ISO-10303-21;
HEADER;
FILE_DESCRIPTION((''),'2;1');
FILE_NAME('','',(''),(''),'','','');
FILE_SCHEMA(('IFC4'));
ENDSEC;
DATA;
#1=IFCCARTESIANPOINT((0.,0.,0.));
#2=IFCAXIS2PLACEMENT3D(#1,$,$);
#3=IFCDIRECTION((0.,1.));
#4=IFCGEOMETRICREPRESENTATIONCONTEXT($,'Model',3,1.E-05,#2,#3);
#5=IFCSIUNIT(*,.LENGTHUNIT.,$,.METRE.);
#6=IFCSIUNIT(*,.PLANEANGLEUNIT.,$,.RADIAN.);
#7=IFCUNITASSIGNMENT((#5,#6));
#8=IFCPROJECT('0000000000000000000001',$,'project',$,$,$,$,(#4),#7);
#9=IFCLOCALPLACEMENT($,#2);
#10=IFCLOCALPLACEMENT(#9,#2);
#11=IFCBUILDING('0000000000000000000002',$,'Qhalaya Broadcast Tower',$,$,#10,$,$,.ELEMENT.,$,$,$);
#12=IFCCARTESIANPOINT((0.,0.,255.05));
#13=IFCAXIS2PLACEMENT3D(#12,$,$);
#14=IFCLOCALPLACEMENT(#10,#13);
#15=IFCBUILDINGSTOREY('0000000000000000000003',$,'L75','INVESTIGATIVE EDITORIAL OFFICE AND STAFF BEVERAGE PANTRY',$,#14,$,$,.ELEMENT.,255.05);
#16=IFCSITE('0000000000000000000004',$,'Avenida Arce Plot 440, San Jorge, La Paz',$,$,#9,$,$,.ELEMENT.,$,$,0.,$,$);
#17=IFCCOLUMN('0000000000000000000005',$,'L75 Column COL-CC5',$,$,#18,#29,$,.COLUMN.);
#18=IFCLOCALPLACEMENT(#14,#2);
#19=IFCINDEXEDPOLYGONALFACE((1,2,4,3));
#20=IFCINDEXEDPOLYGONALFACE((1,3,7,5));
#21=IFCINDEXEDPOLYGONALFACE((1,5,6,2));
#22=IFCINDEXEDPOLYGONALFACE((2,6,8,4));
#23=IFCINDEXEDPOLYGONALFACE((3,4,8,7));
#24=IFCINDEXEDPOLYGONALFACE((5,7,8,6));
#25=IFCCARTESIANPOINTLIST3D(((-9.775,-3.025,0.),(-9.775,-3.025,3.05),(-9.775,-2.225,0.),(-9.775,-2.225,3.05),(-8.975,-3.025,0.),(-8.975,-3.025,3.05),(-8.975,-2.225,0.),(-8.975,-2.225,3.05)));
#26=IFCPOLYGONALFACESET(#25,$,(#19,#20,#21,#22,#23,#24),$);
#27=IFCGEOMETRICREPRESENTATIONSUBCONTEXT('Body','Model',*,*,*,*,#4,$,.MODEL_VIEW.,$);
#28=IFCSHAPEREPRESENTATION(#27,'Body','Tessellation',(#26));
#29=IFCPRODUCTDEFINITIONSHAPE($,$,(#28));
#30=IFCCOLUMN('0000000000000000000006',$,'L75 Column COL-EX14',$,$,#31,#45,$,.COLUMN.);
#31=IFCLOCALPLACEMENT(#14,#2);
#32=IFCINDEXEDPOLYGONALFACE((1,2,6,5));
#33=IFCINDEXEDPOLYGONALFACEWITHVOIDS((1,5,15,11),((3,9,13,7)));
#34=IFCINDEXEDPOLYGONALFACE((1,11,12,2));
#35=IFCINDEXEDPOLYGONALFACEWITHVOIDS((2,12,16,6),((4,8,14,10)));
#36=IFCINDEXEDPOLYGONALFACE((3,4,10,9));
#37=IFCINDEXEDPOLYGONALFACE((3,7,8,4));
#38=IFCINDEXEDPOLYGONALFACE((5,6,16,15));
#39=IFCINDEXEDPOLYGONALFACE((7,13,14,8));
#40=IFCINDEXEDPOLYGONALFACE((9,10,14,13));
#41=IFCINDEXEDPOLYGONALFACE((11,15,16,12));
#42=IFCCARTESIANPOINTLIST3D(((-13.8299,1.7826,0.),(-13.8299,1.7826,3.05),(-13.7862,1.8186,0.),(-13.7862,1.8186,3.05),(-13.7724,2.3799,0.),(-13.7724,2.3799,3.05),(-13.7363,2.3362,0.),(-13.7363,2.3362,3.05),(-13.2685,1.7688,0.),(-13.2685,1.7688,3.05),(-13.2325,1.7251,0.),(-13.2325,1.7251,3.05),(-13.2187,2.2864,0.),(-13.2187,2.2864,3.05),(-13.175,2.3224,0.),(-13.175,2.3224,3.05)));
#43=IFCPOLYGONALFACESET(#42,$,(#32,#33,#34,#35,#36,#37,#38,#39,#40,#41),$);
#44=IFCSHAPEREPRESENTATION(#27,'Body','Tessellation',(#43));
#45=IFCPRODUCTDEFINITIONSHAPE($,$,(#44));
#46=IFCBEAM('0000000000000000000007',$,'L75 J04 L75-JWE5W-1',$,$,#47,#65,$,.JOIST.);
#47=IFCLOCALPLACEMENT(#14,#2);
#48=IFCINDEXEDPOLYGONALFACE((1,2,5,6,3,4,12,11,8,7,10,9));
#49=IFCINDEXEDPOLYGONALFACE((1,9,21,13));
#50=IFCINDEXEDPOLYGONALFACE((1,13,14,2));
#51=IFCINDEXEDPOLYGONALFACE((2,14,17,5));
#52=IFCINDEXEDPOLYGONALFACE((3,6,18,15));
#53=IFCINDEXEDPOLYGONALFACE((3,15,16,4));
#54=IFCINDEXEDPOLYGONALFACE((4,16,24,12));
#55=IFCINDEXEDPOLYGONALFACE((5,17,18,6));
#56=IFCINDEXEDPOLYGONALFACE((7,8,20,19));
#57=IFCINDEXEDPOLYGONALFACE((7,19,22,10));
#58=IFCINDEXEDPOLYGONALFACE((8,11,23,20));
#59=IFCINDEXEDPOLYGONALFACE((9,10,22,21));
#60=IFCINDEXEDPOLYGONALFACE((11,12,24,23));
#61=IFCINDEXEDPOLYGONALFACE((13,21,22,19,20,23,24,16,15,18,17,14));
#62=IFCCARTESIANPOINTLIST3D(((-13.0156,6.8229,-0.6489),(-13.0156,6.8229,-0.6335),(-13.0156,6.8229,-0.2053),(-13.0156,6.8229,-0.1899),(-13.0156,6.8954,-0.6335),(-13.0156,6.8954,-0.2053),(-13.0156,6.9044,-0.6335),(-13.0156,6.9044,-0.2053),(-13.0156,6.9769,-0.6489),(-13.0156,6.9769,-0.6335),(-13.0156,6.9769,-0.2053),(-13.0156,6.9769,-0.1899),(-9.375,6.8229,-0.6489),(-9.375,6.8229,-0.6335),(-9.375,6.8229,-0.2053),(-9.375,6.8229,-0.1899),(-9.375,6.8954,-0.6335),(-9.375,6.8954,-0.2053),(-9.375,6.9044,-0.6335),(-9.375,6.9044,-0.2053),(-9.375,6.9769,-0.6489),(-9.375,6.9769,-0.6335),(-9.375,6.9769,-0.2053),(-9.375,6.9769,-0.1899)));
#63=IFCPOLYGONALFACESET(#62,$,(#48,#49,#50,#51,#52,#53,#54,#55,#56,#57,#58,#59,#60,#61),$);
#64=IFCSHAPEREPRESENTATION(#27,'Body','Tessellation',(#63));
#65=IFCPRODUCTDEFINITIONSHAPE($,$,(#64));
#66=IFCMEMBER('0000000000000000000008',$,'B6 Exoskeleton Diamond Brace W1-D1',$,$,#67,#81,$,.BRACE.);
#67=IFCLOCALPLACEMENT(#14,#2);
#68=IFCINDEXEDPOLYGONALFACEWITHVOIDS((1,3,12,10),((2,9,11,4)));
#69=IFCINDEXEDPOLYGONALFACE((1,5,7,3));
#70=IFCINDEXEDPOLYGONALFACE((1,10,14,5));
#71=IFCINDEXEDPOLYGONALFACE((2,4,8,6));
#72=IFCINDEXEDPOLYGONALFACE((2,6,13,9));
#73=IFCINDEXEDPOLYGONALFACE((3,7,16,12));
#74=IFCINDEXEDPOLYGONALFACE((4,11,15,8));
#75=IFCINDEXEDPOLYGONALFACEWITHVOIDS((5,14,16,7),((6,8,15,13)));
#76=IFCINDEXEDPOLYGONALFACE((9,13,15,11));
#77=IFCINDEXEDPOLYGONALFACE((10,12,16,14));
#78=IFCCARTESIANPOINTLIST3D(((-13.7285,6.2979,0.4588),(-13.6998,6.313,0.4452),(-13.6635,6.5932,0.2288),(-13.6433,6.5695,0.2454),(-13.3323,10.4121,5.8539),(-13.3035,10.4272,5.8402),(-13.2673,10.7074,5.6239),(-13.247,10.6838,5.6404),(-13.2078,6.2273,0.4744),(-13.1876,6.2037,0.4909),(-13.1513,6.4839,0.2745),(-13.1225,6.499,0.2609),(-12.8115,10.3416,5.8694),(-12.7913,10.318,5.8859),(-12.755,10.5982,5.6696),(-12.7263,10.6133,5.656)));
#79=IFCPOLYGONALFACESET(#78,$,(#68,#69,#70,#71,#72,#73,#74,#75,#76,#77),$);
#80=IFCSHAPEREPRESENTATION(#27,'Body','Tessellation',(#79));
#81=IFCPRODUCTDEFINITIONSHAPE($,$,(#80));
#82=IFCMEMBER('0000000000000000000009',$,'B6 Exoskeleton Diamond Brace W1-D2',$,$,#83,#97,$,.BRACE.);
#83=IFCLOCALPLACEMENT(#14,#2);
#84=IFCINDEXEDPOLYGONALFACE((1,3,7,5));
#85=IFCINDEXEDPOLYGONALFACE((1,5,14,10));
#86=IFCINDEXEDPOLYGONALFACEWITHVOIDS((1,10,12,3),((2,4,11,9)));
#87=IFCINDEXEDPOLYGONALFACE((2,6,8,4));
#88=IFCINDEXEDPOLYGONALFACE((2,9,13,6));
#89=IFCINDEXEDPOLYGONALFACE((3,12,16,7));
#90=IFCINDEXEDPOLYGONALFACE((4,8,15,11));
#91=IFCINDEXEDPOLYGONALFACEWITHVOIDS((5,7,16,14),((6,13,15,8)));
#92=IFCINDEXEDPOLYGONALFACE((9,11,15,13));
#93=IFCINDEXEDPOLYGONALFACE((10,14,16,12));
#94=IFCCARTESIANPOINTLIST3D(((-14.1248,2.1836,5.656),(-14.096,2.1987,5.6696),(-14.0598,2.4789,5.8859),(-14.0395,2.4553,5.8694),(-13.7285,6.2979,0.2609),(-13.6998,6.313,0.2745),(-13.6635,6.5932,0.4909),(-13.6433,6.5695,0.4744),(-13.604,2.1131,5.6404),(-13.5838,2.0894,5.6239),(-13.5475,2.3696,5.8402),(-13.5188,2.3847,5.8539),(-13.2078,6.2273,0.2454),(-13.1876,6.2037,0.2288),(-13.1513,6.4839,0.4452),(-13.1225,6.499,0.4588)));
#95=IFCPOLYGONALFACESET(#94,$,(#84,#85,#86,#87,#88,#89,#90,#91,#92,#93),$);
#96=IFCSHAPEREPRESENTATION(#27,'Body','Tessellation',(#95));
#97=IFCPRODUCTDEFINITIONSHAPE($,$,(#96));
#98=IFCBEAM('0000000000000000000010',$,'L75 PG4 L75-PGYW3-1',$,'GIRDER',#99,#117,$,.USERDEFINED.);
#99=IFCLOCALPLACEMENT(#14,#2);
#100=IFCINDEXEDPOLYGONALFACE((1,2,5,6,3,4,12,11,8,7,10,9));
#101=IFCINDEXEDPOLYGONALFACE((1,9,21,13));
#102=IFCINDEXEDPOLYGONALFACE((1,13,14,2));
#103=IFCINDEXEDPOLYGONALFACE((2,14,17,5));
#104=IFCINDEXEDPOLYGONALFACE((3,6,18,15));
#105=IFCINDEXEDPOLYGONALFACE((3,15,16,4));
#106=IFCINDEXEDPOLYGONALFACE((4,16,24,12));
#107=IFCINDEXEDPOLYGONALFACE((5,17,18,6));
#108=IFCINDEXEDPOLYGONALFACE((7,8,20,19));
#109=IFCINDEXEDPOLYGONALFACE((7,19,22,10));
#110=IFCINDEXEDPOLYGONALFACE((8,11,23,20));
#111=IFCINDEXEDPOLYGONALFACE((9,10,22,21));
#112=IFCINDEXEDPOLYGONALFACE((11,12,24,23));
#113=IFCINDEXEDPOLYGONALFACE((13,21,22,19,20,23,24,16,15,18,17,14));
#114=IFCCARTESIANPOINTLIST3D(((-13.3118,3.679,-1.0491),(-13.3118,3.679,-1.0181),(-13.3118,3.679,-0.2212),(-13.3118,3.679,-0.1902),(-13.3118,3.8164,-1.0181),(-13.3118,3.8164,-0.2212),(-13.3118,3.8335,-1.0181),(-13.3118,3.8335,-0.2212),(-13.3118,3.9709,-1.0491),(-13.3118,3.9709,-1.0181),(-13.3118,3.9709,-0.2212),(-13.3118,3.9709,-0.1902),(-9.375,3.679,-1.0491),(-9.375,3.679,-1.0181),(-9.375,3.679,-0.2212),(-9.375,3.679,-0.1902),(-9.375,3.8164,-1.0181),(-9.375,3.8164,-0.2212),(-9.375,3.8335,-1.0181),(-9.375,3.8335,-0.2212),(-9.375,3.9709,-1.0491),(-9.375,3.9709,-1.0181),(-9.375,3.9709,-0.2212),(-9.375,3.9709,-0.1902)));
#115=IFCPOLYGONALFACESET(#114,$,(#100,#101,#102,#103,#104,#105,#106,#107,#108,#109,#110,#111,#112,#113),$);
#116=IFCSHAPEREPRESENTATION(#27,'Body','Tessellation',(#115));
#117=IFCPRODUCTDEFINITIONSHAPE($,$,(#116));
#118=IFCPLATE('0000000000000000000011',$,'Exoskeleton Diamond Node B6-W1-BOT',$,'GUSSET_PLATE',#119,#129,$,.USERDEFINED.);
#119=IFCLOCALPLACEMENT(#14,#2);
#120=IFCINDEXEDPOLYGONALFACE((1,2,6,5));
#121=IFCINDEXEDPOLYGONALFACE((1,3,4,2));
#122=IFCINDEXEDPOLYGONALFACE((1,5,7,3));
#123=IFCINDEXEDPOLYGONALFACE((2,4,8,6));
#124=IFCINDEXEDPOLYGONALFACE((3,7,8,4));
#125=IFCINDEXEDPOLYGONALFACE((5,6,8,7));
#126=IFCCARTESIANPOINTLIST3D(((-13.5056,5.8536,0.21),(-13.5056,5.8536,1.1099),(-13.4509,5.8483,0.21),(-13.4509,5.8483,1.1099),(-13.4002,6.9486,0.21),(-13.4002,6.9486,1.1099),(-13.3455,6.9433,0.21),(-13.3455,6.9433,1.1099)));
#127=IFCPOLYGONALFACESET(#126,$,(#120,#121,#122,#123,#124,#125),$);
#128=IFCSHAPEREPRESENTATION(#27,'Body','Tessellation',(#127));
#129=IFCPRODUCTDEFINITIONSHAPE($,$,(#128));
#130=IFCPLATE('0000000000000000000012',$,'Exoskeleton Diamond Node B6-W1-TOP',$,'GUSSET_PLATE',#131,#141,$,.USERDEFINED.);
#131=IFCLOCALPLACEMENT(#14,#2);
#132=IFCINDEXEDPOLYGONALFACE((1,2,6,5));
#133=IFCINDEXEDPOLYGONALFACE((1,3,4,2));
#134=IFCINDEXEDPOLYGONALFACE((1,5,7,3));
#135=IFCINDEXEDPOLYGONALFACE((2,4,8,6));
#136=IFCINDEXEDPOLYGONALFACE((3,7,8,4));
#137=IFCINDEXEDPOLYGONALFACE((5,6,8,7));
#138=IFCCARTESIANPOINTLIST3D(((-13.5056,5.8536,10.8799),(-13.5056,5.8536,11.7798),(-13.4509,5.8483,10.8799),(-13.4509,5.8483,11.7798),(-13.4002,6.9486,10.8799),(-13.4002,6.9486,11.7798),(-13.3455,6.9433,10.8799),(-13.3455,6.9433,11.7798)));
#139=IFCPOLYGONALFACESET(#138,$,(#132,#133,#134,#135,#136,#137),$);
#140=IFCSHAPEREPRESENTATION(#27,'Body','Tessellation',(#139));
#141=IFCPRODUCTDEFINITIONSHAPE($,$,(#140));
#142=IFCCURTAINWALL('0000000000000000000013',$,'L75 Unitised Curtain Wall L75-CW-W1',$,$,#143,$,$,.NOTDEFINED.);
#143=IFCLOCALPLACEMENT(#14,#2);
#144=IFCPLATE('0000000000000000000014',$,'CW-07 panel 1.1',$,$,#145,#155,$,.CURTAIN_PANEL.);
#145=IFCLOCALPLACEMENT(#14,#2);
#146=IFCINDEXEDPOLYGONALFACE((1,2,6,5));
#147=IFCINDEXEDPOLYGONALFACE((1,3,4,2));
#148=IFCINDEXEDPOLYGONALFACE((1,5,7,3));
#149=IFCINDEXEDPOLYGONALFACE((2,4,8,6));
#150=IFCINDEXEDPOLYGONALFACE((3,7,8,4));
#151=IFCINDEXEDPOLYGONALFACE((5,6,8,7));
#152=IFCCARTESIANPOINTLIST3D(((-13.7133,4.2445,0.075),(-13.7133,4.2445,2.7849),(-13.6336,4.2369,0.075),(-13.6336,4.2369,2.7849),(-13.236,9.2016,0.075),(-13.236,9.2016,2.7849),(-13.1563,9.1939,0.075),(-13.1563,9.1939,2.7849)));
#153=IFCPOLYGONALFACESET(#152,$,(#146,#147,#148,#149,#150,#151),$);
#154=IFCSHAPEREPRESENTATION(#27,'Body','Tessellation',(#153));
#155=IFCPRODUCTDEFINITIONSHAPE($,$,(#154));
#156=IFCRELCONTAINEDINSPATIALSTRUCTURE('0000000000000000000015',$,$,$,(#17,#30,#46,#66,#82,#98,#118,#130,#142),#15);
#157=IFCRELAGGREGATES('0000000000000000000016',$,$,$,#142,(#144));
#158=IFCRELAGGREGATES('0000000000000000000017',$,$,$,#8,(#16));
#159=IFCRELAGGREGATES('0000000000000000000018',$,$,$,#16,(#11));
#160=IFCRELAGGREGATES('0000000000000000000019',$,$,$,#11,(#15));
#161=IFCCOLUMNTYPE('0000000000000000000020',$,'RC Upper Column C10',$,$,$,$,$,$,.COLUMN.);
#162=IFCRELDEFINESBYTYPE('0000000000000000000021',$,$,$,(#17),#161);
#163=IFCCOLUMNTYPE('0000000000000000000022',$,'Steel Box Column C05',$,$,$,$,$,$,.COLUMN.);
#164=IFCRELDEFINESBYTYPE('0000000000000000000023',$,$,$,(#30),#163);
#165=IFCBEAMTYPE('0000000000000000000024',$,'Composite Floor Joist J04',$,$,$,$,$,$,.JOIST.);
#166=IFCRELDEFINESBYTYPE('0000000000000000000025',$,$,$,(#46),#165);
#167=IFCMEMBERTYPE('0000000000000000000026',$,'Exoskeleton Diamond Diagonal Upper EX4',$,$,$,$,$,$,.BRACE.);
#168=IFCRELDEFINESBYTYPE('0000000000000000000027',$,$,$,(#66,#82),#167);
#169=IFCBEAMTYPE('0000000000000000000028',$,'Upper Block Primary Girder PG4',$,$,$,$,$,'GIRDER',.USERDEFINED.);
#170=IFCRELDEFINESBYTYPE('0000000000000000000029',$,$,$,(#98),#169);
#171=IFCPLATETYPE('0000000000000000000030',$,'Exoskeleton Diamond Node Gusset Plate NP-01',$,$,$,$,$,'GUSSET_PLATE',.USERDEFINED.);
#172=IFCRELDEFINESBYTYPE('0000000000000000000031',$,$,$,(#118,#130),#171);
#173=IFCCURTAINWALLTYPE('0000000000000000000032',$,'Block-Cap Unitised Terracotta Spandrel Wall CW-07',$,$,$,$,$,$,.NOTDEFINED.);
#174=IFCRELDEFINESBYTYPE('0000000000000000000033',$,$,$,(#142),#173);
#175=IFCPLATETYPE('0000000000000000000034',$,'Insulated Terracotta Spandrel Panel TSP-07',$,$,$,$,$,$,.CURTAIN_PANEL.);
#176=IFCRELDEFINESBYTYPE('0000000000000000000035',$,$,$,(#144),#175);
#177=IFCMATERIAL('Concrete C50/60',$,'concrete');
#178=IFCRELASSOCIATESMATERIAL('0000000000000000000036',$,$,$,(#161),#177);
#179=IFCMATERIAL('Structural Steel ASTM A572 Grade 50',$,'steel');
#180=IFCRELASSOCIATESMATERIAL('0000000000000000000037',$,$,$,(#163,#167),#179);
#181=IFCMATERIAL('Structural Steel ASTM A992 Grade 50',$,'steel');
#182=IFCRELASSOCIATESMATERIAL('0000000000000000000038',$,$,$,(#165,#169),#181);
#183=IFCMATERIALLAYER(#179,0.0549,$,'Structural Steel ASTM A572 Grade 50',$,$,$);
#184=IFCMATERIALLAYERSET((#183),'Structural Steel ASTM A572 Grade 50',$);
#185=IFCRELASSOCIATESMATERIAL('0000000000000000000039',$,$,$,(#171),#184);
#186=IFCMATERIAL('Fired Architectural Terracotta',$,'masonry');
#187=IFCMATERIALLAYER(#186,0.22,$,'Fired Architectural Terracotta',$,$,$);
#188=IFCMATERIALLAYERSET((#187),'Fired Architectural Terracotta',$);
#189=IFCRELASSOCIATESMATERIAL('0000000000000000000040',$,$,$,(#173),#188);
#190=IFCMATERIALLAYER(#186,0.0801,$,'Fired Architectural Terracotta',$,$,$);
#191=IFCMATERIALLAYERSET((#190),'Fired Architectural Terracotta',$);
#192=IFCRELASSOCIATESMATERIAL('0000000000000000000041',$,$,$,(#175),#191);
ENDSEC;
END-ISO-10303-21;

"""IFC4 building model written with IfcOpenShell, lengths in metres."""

from ifc_helpers import new_model, si_unit, direction, frame, origin, origin_2d, place, context, subcontext, project, spatial, rectangle, hollow_rectangle, i_section, extrude, material, layer, layer_set, material_profile, profile_set, type_object, element, aggregate, save


model = new_model("IFC4")

# Units and contexts
model_context = context("Model", 3, precision=1e-05, world=origin(), true_north=direction((0.0, 1.0)))
body_context = subcontext(model_context, "Body", "Model", "MODEL_VIEW")
ifc_project = project(units=[si_unit("LENGTHUNIT", "METRE"), si_unit("PLANEANGLEUNIT", "RADIAN")], contexts=[model_context])

# Site, building, storey
site_placement = place(None, origin())
site = spatial("IfcSite", under=ifc_project, at=site_placement, Name="Avenida Arce Plot 440, San Jorge, La Paz", CompositionType="ELEMENT", RefElevation=0.0)
building_placement = place(site_placement, origin())
building = spatial("IfcBuilding", under=site, at=building_placement, Name="Qhalaya Broadcast Tower", CompositionType="ELEMENT")
storey_placement = place(building_placement, frame((0.0, 0.0, 255.05)))
storey = spatial("IfcBuildingStorey", under=building, at=storey_placement, Name="L75", Description="INVESTIGATIVE EDITORIAL OFFICE AND STAFF BEVERAGE PANTRY", CompositionType="ELEMENT", Elevation=255.05)

# Columns
ifc_material_1 = material(Name="Concrete C50/60", Category="concrete")
ifc_material_profile_1 = material_profile(ifc_material_1, rectangle(XDim=0.8, YDim=0.8, at=origin_2d()), Name="RC-COL 800x800")
ifc_profile_set_1 = profile_set([ifc_material_profile_1], Name="Concrete C50/60")
column_type_1 = type_object("IfcColumnType", Name="RC Upper Column C10", PredefinedType="COLUMN", material=ifc_profile_set_1)
column_1_placement = place(storey_placement, frame((-9.375, -2.625, 0.0), z_axis=(0.0, 0.0, 1.0), x_axis=(1.0, 0.0, 0.0)))
element("IfcColumn", 1, at=column_1_placement, inside=storey, type_object=column_type_1, Name="L75 Column COL-CC5", PredefinedType="COLUMN", context=body_context, shape_type="SweptSolid", body=[
    extrude(rectangle(XDim=0.8, YDim=0.8, at=origin_2d()), origin(), (0.0, 0.0, 1.0), 3.05),
])
ifc_material_2 = material(Name="Structural Steel ASTM A572 Grade 50", Category="steel")
ifc_material_profile_2 = material_profile(ifc_material_2, hollow_rectangle(XDim=0.6001, YDim=0.6001, WallThickness=0.04, at=origin_2d()), Name="BOX 600x600x40")
ifc_profile_set_2 = profile_set([ifc_material_profile_2], Name="Structural Steel ASTM A572 Grade 50")
column_type_2 = type_object("IfcColumnType", Name="Steel Box Column C05", PredefinedType="COLUMN", material=ifc_profile_set_2)
column_2_placement = place(storey_placement, frame((-13.5024, 2.0525, 0.0), z_axis=(0.0, 0.0, 1.0), x_axis=(0.095846, 0.995396, 0.0)))
element("IfcColumn", 2, at=column_2_placement, inside=storey, type_object=column_type_2, Name="L75 Column COL-EX14", PredefinedType="COLUMN", context=body_context, shape_type="SweptSolid", body=[
    extrude(hollow_rectangle(XDim=0.6001, YDim=0.6001, WallThickness=0.04, at=origin_2d()), origin(), (0.0, 0.0, 1.0), 3.05),
])

# Beam
ifc_material_3 = material(Name="Structural Steel ASTM A992 Grade 50", Category="steel")
ifc_material_profile_3 = material_profile(ifc_material_3, i_section(OverallWidth=0.1541, OverallDepth=0.459, WebThickness=0.009, FlangeThickness=0.0154, at=origin_2d()), Name="W18X46")
ifc_profile_set_3 = profile_set([ifc_material_profile_3], Name="Structural Steel ASTM A992 Grade 50")
beam_type_1 = type_object("IfcBeamType", Name="Composite Floor Joist J04", PredefinedType="JOIST", material=ifc_profile_set_3)
beam_1_placement = place(storey_placement, frame((-13.0156, 6.8999, -0.4194), z_axis=(1.0, 0.0, 0.0), x_axis=(0.0, 1.0, 0.0)))
element("IfcBeam", 3, at=beam_1_placement, inside=storey, type_object=beam_type_1, Name="L75 J04 L75-JWE5W-1", PredefinedType="JOIST", context=body_context, shape_type="SweptSolid", body=[
    extrude(i_section(OverallWidth=0.1541, OverallDepth=0.459, WebThickness=0.009, FlangeThickness=0.0154, at=origin_2d()), origin(), (0.0, 0.0, 1.0), 3.6406),
])

# Members
ifc_material_profile_4 = material_profile(ifc_material_2, hollow_rectangle(XDim=0.3799, YDim=0.55, WallThickness=0.0249, at=origin_2d()), Name="BOX 380x550x25")
ifc_profile_set_4 = profile_set([ifc_material_profile_4], Name="Structural Steel ASTM A572 Grade 50")
member_type = type_object("IfcMemberType", Name="Exoskeleton Diamond Diagonal Upper EX4", PredefinedType="BRACE", material=ifc_profile_set_4)
for number, where, z_axis, x_axis, name in (
    (4, (-13.4255, 6.3984, 0.3599), (0.058302, 0.605363, 0.793811), (-0.171153, -0.777329, 0.605364), "B6 Exoskeleton Diamond Brace W1-D1"),
    (5, (-13.4255, 6.3984, 0.3599), (-0.058302, -0.605363, 0.793811), (0.171153, 0.777329, 0.605364), "B6 Exoskeleton Diamond Brace W1-D2"),
):
    element("IfcMember", number, at=place(storey_placement, frame(where, z_axis=z_axis, x_axis=x_axis)), inside=storey, type_object=member_type, Name=name, PredefinedType="BRACE", context=body_context, shape_type="SweptSolid", body=[
        extrude(hollow_rectangle(XDim=0.3799, YDim=0.55, WallThickness=0.0249, at=origin_2d()), origin(), (0.0, 0.0, 1.0), 6.7964),
    ])

# Beam
ifc_material_profile_5 = material_profile(ifc_material_3, i_section(OverallWidth=0.292, OverallDepth=0.8589, WebThickness=0.0171, FlangeThickness=0.031, at=origin_2d()), Name="W33X169")
ifc_profile_set_5 = profile_set([ifc_material_profile_5], Name="Structural Steel ASTM A992 Grade 50")
beam_type_2 = type_object("IfcBeamType", Name="Upper Block Primary Girder PG4", ElementType="GIRDER", PredefinedType="USERDEFINED", material=ifc_profile_set_5)
beam_2_placement = place(storey_placement, frame((-13.3118, 3.825, -0.6196), z_axis=(1.0, 0.0, 0.0), x_axis=(0.0, 1.0, 0.0)))
element("IfcBeam", 6, at=beam_2_placement, inside=storey, type_object=beam_type_2, Name="L75 PG4 L75-PGYW3-1", ObjectType="GIRDER", PredefinedType="USERDEFINED", context=body_context, shape_type="SweptSolid", body=[
    extrude(i_section(OverallWidth=0.292, OverallDepth=0.8589, WebThickness=0.0171, FlangeThickness=0.031, at=origin_2d()), origin(), (0.0, 0.0, 1.0), 3.9368),
])

# Plates
ifc_layer_1 = layer(ifc_material_2, 0.0549, Name="Structural Steel ASTM A572 Grade 50")
ifc_layer_set_1 = layer_set([ifc_layer_1], Name="Structural Steel ASTM A572 Grade 50")
plate_type_1 = type_object("IfcPlateType", Name="Exoskeleton Diamond Node Gusset Plate NP-01", ElementType="GUSSET_PLATE", PredefinedType="USERDEFINED", material=ifc_layer_set_1)
for number, where, z_axis, x_axis, name in (
    (7, (-13.4255, 6.3984, 0.21), (0.0, 0.0, 1.0), (0.095846, 0.995396, 0.0), "Exoskeleton Diamond Node B6-W1-BOT"),
    (8, (-13.4255, 6.3984, 10.8799), (0.0, 0.0, 1.0), (0.095846, 0.995396, 0.0), "Exoskeleton Diamond Node B6-W1-TOP"),
):
    element("IfcPlate", number, at=place(storey_placement, frame(where, z_axis=z_axis, x_axis=x_axis)), inside=storey, type_object=plate_type_1, Name=name, ObjectType="GUSSET_PLATE", PredefinedType="USERDEFINED", context=body_context, shape_type="SweptSolid", body=[
        extrude(rectangle(XDim=1.1001, YDim=0.0549, at=origin_2d()), origin(), (0.0, 0.0, 1.0), 0.8999),
    ])

# Curtain wall, plate
ifc_material_4 = material(Name="Fired Architectural Terracotta", Category="masonry")
ifc_layer_2 = layer(ifc_material_4, 0.22, Name="Fired Architectural Terracotta")
ifc_layer_set_2 = layer_set([ifc_layer_2], Name="Fired Architectural Terracotta")
curtain_wall_type = type_object("IfcCurtainWallType", Name="Block-Cap Unitised Terracotta Spandrel Wall CW-07", PredefinedType="NOTDEFINED", material=ifc_layer_set_2)
curtain_wall_placement = place(storey_placement, origin())
curtain_wall = element("IfcCurtainWall", 9, at=curtain_wall_placement, inside=storey, type_object=curtain_wall_type, Name="L75 Unitised Curtain Wall L75-CW-W1", PredefinedType="NOTDEFINED")
ifc_layer_3 = layer(ifc_material_4, 0.0801, Name="Fired Architectural Terracotta")
ifc_layer_set_3 = layer_set([ifc_layer_3], Name="Fired Architectural Terracotta")
plate_type_2 = type_object("IfcPlateType", Name="Insulated Terracotta Spandrel Panel TSP-07", PredefinedType="CURTAIN_PANEL", material=ifc_layer_set_3)
plate_placement = place(storey_placement, frame((-13.4348, 6.7192, 0.075), z_axis=(0.0, 0.0, 1.0), x_axis=(-0.095848, -0.995396, 0.0)))
plate = element("IfcPlate", 10, at=plate_placement, type_object=plate_type_2, Name="CW-07 panel 1.1", PredefinedType="CURTAIN_PANEL", context=body_context, shape_type="SweptSolid", body=[
    extrude(rectangle(XDim=4.98, YDim=0.0801, at=origin_2d()), origin(), (0.0, 0.0, 1.0), 2.71),
])
aggregate(curtain_wall, [plate])

save(model, "model.ifc")
